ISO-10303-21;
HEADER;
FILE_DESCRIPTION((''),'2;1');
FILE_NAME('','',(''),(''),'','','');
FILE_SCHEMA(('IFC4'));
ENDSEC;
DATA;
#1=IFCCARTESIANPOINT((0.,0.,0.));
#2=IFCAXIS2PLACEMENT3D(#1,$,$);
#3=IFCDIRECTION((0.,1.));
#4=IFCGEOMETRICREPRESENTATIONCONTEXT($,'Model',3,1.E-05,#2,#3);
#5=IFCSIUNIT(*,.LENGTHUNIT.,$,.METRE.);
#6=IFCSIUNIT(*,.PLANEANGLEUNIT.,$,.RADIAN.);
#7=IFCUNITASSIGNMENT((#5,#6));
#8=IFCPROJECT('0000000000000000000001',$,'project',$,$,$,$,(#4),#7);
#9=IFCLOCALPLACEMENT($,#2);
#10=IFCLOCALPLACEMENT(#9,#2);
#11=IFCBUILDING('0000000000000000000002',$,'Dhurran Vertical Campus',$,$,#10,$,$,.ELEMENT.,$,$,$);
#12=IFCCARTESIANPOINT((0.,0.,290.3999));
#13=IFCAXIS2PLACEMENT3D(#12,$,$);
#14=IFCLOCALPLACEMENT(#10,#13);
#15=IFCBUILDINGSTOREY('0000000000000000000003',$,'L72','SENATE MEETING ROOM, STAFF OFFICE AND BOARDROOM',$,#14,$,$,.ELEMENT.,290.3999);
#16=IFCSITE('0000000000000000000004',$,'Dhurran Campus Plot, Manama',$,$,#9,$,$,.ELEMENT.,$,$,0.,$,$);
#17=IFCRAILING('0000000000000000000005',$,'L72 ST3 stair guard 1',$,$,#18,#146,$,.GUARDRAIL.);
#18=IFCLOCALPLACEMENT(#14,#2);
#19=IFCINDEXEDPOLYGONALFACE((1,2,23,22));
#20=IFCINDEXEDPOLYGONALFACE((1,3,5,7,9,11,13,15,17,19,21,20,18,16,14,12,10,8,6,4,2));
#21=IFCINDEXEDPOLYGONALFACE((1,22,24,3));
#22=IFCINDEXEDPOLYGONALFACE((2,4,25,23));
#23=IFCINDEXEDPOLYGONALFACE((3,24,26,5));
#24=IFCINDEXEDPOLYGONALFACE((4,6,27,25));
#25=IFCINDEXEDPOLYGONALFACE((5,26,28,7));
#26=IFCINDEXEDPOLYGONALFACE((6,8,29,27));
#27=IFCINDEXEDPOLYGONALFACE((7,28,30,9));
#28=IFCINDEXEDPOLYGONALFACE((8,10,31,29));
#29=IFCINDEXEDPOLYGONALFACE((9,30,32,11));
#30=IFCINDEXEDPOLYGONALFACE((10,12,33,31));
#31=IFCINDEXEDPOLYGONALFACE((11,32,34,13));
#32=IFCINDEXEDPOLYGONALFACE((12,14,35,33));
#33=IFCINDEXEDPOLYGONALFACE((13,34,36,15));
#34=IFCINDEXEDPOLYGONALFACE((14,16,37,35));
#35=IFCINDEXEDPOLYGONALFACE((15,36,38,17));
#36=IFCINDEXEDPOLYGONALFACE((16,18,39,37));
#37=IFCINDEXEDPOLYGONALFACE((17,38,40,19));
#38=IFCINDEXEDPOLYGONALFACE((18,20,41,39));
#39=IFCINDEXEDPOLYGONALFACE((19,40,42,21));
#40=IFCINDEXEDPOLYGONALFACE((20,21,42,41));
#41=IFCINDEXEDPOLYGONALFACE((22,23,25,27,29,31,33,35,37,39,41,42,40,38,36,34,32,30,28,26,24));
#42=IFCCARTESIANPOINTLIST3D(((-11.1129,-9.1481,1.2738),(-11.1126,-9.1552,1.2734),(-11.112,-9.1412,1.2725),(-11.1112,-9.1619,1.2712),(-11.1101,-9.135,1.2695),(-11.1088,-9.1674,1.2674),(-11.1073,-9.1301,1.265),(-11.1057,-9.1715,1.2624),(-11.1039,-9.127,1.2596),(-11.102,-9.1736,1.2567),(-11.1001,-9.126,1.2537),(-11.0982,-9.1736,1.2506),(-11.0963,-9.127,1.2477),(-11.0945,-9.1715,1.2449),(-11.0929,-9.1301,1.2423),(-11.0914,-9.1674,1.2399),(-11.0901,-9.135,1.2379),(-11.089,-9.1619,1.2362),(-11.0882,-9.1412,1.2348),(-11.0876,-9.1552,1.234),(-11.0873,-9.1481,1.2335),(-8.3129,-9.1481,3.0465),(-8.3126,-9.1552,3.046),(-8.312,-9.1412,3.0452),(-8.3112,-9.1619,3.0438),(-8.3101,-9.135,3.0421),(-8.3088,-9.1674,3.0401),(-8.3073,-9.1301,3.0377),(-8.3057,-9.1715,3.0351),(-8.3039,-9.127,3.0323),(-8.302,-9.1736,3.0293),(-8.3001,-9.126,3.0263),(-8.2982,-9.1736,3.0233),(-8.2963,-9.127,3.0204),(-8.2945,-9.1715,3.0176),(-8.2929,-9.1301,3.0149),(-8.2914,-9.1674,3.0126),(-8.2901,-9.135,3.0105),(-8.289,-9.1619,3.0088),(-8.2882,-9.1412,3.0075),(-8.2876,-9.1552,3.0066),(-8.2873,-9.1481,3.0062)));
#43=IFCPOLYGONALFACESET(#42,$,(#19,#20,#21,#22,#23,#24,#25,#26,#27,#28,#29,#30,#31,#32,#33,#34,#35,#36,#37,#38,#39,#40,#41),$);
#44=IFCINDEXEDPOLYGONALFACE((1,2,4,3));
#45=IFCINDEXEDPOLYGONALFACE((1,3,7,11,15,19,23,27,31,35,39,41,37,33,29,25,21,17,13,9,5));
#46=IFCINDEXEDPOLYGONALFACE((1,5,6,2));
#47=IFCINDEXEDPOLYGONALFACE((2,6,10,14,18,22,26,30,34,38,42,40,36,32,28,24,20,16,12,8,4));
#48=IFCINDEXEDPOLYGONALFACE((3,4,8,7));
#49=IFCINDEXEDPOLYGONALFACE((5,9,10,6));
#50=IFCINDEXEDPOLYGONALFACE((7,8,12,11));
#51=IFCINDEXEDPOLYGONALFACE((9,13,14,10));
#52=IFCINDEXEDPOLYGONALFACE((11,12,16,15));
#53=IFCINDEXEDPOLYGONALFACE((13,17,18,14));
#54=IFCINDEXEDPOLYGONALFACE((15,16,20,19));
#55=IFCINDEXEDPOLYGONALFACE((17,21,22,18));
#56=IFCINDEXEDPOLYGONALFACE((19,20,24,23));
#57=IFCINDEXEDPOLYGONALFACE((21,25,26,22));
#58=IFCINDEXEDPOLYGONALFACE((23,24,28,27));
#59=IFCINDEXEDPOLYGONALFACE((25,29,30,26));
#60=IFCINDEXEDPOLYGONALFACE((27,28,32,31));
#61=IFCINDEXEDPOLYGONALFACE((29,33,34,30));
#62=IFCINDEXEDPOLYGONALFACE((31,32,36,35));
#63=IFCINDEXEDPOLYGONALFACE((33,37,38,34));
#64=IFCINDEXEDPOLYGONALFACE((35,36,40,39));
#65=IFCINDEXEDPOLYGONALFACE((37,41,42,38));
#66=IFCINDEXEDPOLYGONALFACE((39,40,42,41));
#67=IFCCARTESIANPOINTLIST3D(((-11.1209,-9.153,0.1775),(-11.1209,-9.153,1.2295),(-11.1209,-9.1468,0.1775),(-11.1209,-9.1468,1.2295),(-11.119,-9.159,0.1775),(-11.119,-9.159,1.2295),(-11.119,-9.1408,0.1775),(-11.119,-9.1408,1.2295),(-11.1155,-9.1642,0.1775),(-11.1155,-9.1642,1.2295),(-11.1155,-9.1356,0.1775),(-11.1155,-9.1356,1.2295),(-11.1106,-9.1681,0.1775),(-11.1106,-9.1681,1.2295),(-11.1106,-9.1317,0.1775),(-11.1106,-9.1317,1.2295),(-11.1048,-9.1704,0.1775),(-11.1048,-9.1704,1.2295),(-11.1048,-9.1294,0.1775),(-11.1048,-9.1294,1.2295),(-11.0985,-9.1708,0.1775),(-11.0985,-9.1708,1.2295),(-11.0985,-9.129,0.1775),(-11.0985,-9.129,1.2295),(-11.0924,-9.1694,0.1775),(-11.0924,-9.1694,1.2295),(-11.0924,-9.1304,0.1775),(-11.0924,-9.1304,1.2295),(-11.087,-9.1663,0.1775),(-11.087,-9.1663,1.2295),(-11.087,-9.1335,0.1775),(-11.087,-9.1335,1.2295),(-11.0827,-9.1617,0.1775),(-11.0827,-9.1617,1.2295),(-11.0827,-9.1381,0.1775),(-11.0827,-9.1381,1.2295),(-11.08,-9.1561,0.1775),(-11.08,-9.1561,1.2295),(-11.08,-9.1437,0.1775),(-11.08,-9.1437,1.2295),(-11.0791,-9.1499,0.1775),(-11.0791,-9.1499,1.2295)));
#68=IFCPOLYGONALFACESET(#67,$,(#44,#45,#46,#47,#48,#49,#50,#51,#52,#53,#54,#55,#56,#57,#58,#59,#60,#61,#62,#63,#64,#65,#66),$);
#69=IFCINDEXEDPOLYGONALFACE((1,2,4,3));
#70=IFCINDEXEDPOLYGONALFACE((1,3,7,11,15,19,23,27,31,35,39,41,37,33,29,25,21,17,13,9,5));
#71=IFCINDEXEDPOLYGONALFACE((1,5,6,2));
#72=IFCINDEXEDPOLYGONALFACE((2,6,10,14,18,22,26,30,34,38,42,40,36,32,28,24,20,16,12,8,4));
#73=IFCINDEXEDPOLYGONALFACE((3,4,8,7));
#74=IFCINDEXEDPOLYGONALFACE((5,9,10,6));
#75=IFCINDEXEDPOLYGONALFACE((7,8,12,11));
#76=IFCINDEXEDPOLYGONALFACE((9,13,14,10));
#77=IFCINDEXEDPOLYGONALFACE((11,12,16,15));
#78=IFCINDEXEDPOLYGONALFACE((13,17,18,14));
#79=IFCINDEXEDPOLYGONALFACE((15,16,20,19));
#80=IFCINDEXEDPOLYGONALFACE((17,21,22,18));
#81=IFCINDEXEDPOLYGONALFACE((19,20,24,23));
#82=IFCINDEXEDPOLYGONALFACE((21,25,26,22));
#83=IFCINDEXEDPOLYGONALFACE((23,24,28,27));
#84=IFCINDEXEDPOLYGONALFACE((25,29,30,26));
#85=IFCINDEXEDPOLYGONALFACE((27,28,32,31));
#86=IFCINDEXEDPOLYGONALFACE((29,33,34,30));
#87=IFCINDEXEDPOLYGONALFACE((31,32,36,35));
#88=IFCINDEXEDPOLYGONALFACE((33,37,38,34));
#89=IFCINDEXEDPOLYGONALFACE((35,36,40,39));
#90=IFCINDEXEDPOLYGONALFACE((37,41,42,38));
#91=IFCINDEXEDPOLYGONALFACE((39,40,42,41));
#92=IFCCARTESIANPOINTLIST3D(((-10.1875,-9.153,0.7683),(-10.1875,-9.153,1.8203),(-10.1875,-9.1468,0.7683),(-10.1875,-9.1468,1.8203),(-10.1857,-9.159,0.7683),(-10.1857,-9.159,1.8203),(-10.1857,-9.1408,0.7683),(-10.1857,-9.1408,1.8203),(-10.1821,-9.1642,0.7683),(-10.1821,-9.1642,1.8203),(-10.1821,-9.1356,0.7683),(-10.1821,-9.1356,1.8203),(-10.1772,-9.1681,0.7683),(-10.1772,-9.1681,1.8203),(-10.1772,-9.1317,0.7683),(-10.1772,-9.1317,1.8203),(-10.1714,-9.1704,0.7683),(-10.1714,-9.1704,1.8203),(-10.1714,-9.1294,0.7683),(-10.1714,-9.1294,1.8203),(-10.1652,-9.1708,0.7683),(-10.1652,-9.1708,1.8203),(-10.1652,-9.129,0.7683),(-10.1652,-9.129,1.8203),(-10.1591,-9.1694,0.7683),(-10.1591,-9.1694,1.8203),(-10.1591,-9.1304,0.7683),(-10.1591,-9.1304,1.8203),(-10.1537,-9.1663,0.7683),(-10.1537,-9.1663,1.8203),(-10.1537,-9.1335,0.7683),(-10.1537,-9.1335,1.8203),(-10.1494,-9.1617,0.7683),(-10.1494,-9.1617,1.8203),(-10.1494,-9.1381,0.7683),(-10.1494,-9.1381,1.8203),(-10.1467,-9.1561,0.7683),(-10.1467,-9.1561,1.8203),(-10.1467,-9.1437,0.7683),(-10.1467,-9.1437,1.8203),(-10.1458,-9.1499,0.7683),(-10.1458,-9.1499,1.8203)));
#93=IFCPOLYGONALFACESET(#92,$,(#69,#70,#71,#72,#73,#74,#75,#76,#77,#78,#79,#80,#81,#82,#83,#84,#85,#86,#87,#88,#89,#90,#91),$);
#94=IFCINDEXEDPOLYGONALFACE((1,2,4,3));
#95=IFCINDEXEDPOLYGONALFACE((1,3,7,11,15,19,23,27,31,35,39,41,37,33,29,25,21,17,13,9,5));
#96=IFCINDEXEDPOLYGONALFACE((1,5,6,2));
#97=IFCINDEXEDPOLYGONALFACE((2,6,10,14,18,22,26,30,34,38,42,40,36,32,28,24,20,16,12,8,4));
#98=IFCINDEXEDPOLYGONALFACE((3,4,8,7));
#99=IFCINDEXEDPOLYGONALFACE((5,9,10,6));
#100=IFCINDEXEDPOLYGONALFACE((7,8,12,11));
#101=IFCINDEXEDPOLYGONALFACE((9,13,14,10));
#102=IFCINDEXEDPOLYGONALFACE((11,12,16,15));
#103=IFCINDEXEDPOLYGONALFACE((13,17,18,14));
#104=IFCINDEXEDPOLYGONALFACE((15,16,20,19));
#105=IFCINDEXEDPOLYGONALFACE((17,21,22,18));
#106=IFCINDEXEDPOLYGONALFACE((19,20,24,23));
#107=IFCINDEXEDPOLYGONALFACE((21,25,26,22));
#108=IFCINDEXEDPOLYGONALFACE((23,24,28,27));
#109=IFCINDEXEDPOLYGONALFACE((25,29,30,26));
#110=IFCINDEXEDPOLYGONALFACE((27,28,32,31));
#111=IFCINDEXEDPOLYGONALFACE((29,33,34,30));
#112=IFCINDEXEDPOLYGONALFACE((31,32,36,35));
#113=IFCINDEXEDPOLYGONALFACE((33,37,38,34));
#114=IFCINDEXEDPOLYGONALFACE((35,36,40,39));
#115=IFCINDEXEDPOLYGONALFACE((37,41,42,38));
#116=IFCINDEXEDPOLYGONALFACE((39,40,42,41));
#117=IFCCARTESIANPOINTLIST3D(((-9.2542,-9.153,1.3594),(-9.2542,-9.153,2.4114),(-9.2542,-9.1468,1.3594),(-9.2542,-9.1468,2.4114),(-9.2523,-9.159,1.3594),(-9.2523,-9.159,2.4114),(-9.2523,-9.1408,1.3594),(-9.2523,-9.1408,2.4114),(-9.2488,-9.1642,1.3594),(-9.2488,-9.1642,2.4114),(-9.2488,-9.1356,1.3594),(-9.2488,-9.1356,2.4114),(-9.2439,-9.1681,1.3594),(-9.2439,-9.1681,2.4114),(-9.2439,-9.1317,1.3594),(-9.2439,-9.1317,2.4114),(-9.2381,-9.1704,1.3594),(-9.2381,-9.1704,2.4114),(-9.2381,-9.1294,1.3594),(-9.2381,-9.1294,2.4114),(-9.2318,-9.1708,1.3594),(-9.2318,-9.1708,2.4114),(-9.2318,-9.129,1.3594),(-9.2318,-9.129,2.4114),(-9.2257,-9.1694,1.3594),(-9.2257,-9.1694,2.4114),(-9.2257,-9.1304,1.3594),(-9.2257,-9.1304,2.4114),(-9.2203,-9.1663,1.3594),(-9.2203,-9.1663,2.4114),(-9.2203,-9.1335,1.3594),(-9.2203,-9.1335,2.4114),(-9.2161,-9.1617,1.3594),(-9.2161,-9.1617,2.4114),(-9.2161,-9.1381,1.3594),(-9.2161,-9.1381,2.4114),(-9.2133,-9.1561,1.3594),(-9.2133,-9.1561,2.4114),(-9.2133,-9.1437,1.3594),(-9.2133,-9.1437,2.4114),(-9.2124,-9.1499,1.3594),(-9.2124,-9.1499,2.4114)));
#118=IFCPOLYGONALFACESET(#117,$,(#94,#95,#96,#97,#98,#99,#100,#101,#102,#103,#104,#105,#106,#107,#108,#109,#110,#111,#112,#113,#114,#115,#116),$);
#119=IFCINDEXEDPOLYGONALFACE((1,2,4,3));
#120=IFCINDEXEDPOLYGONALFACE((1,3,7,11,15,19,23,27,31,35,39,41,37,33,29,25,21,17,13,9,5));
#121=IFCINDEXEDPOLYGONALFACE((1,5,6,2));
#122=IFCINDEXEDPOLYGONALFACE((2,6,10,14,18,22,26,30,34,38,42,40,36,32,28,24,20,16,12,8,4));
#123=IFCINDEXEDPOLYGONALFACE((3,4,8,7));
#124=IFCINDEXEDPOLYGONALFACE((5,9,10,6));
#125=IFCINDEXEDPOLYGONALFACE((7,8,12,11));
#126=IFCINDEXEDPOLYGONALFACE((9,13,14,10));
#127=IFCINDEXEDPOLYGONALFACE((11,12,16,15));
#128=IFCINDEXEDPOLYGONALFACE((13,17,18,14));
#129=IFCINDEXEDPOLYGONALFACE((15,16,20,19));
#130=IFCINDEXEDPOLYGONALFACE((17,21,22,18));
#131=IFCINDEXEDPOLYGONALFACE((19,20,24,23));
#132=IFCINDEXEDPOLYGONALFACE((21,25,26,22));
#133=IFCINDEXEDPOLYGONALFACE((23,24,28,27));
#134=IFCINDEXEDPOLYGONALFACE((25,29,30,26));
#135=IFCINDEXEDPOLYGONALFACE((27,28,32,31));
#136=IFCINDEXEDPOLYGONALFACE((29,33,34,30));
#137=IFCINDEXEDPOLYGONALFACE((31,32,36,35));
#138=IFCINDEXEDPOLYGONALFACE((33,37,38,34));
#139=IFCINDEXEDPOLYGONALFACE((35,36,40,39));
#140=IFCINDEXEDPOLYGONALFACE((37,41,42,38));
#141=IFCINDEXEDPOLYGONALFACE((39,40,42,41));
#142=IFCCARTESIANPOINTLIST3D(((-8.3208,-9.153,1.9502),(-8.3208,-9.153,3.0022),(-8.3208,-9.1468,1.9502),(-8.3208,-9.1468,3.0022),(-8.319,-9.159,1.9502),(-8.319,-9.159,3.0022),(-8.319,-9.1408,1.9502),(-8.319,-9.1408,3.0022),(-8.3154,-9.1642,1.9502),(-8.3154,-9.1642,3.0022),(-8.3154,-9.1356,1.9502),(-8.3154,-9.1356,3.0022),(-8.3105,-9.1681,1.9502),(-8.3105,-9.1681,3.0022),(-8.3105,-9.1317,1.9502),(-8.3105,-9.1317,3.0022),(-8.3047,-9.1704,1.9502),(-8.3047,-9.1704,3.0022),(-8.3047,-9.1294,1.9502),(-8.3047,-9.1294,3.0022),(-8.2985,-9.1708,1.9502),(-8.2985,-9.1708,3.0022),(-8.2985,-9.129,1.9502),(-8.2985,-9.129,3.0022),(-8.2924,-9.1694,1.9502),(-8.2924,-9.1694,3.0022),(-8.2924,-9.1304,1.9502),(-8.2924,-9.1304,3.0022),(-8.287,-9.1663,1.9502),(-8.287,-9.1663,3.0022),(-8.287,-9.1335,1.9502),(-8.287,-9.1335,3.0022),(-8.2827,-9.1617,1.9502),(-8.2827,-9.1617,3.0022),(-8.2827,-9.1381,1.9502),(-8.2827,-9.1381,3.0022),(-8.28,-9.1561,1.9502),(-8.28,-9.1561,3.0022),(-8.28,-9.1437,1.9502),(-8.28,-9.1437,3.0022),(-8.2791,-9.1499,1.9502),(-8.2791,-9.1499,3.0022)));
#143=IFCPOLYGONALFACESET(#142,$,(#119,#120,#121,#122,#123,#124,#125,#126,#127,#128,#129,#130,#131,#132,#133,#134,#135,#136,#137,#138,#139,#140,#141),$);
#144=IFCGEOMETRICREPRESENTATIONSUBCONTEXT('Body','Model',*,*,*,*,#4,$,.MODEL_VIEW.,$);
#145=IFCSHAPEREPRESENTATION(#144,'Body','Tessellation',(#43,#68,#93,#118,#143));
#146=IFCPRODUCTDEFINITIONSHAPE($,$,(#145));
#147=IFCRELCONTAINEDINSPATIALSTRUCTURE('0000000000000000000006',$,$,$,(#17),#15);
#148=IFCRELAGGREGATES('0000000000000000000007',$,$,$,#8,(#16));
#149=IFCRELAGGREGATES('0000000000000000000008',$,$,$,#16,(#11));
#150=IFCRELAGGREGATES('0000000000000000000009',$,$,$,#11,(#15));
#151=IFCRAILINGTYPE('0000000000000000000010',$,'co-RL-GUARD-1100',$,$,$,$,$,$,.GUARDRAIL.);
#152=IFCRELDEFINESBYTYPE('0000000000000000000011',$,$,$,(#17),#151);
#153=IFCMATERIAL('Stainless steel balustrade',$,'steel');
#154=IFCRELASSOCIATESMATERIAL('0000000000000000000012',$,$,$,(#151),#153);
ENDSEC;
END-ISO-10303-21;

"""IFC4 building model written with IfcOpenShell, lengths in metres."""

from ifc_helpers import new_model, si_unit, direction, frame, origin, origin_2d, place, context, subcontext, project, spatial, circle, extrude, material, type_object, element, save


model = new_model("IFC4")

# Units and contexts
model_context = context("Model", 3, precision=1e-05, world=origin(), true_north=direction((0.0, 1.0)))
body_context = subcontext(model_context, "Body", "Model", "MODEL_VIEW")
ifc_project = project(units=[si_unit("LENGTHUNIT", "METRE"), si_unit("PLANEANGLEUNIT", "RADIAN")], contexts=[model_context])

# Site, building, storey
site_placement = place(None, origin())
site = spatial("IfcSite", under=ifc_project, at=site_placement, Name="Dhurran Campus Plot, Manama", CompositionType="ELEMENT", RefElevation=0.0)
building_placement = place(site_placement, origin())
building = spatial("IfcBuilding", under=site, at=building_placement, Name="Dhurran Vertical Campus", CompositionType="ELEMENT")
storey_placement = place(building_placement, frame((0.0, 0.0, 290.3999)))
storey = spatial("IfcBuildingStorey", under=building, at=storey_placement, Name="L72", Description="SENATE MEETING ROOM, STAFF OFFICE AND BOARDROOM", CompositionType="ELEMENT", Elevation=290.3999)

# Railing
ifc_material_1 = material(Name="Stainless steel balustrade", Category="steel")
railing_type_1 = type_object("IfcRailingType", Name="co-RL-GUARD-1100", PredefinedType="GUARDRAIL", material=ifc_material_1)
railing_1_placement = place(storey_placement, frame((-11.1001, -9.1499, 0.1775)))
element("IfcRailing", 1, at=railing_1_placement, inside=storey, type_object=railing_type_1, Name="L72 ST3 stair guard 1", PredefinedType="GUARDRAIL", context=body_context, shape_type="SweptSolid", body=[
    extrude(circle(Radius=0.0239, at=origin_2d()), frame((0.0, 0.0, 1.0762), z_axis=(0.844909, 0.0, 0.53491), x_axis=(0.0, 1.0, 0.0)), (0.0, 0.0, 1.0), 3.314),
    extrude(circle(Radius=0.021, at=origin_2d()), origin(), (0.0, 0.0, 1.0), 1.052),
    extrude(circle(Radius=0.021, at=origin_2d()), frame((0.9333, 0.0, 0.5908)), (0.0, 0.0, 1.0), 1.052),
    extrude(circle(Radius=0.021, at=origin_2d()), frame((1.8667, 0.0, 1.1819)), (0.0, 0.0, 1.0), 1.052),
    extrude(circle(Radius=0.021, at=origin_2d()), frame((2.8, 0.0, 1.7727)), (0.0, 0.0, 1.0), 1.052),
])

save(model, "model.ifc")
